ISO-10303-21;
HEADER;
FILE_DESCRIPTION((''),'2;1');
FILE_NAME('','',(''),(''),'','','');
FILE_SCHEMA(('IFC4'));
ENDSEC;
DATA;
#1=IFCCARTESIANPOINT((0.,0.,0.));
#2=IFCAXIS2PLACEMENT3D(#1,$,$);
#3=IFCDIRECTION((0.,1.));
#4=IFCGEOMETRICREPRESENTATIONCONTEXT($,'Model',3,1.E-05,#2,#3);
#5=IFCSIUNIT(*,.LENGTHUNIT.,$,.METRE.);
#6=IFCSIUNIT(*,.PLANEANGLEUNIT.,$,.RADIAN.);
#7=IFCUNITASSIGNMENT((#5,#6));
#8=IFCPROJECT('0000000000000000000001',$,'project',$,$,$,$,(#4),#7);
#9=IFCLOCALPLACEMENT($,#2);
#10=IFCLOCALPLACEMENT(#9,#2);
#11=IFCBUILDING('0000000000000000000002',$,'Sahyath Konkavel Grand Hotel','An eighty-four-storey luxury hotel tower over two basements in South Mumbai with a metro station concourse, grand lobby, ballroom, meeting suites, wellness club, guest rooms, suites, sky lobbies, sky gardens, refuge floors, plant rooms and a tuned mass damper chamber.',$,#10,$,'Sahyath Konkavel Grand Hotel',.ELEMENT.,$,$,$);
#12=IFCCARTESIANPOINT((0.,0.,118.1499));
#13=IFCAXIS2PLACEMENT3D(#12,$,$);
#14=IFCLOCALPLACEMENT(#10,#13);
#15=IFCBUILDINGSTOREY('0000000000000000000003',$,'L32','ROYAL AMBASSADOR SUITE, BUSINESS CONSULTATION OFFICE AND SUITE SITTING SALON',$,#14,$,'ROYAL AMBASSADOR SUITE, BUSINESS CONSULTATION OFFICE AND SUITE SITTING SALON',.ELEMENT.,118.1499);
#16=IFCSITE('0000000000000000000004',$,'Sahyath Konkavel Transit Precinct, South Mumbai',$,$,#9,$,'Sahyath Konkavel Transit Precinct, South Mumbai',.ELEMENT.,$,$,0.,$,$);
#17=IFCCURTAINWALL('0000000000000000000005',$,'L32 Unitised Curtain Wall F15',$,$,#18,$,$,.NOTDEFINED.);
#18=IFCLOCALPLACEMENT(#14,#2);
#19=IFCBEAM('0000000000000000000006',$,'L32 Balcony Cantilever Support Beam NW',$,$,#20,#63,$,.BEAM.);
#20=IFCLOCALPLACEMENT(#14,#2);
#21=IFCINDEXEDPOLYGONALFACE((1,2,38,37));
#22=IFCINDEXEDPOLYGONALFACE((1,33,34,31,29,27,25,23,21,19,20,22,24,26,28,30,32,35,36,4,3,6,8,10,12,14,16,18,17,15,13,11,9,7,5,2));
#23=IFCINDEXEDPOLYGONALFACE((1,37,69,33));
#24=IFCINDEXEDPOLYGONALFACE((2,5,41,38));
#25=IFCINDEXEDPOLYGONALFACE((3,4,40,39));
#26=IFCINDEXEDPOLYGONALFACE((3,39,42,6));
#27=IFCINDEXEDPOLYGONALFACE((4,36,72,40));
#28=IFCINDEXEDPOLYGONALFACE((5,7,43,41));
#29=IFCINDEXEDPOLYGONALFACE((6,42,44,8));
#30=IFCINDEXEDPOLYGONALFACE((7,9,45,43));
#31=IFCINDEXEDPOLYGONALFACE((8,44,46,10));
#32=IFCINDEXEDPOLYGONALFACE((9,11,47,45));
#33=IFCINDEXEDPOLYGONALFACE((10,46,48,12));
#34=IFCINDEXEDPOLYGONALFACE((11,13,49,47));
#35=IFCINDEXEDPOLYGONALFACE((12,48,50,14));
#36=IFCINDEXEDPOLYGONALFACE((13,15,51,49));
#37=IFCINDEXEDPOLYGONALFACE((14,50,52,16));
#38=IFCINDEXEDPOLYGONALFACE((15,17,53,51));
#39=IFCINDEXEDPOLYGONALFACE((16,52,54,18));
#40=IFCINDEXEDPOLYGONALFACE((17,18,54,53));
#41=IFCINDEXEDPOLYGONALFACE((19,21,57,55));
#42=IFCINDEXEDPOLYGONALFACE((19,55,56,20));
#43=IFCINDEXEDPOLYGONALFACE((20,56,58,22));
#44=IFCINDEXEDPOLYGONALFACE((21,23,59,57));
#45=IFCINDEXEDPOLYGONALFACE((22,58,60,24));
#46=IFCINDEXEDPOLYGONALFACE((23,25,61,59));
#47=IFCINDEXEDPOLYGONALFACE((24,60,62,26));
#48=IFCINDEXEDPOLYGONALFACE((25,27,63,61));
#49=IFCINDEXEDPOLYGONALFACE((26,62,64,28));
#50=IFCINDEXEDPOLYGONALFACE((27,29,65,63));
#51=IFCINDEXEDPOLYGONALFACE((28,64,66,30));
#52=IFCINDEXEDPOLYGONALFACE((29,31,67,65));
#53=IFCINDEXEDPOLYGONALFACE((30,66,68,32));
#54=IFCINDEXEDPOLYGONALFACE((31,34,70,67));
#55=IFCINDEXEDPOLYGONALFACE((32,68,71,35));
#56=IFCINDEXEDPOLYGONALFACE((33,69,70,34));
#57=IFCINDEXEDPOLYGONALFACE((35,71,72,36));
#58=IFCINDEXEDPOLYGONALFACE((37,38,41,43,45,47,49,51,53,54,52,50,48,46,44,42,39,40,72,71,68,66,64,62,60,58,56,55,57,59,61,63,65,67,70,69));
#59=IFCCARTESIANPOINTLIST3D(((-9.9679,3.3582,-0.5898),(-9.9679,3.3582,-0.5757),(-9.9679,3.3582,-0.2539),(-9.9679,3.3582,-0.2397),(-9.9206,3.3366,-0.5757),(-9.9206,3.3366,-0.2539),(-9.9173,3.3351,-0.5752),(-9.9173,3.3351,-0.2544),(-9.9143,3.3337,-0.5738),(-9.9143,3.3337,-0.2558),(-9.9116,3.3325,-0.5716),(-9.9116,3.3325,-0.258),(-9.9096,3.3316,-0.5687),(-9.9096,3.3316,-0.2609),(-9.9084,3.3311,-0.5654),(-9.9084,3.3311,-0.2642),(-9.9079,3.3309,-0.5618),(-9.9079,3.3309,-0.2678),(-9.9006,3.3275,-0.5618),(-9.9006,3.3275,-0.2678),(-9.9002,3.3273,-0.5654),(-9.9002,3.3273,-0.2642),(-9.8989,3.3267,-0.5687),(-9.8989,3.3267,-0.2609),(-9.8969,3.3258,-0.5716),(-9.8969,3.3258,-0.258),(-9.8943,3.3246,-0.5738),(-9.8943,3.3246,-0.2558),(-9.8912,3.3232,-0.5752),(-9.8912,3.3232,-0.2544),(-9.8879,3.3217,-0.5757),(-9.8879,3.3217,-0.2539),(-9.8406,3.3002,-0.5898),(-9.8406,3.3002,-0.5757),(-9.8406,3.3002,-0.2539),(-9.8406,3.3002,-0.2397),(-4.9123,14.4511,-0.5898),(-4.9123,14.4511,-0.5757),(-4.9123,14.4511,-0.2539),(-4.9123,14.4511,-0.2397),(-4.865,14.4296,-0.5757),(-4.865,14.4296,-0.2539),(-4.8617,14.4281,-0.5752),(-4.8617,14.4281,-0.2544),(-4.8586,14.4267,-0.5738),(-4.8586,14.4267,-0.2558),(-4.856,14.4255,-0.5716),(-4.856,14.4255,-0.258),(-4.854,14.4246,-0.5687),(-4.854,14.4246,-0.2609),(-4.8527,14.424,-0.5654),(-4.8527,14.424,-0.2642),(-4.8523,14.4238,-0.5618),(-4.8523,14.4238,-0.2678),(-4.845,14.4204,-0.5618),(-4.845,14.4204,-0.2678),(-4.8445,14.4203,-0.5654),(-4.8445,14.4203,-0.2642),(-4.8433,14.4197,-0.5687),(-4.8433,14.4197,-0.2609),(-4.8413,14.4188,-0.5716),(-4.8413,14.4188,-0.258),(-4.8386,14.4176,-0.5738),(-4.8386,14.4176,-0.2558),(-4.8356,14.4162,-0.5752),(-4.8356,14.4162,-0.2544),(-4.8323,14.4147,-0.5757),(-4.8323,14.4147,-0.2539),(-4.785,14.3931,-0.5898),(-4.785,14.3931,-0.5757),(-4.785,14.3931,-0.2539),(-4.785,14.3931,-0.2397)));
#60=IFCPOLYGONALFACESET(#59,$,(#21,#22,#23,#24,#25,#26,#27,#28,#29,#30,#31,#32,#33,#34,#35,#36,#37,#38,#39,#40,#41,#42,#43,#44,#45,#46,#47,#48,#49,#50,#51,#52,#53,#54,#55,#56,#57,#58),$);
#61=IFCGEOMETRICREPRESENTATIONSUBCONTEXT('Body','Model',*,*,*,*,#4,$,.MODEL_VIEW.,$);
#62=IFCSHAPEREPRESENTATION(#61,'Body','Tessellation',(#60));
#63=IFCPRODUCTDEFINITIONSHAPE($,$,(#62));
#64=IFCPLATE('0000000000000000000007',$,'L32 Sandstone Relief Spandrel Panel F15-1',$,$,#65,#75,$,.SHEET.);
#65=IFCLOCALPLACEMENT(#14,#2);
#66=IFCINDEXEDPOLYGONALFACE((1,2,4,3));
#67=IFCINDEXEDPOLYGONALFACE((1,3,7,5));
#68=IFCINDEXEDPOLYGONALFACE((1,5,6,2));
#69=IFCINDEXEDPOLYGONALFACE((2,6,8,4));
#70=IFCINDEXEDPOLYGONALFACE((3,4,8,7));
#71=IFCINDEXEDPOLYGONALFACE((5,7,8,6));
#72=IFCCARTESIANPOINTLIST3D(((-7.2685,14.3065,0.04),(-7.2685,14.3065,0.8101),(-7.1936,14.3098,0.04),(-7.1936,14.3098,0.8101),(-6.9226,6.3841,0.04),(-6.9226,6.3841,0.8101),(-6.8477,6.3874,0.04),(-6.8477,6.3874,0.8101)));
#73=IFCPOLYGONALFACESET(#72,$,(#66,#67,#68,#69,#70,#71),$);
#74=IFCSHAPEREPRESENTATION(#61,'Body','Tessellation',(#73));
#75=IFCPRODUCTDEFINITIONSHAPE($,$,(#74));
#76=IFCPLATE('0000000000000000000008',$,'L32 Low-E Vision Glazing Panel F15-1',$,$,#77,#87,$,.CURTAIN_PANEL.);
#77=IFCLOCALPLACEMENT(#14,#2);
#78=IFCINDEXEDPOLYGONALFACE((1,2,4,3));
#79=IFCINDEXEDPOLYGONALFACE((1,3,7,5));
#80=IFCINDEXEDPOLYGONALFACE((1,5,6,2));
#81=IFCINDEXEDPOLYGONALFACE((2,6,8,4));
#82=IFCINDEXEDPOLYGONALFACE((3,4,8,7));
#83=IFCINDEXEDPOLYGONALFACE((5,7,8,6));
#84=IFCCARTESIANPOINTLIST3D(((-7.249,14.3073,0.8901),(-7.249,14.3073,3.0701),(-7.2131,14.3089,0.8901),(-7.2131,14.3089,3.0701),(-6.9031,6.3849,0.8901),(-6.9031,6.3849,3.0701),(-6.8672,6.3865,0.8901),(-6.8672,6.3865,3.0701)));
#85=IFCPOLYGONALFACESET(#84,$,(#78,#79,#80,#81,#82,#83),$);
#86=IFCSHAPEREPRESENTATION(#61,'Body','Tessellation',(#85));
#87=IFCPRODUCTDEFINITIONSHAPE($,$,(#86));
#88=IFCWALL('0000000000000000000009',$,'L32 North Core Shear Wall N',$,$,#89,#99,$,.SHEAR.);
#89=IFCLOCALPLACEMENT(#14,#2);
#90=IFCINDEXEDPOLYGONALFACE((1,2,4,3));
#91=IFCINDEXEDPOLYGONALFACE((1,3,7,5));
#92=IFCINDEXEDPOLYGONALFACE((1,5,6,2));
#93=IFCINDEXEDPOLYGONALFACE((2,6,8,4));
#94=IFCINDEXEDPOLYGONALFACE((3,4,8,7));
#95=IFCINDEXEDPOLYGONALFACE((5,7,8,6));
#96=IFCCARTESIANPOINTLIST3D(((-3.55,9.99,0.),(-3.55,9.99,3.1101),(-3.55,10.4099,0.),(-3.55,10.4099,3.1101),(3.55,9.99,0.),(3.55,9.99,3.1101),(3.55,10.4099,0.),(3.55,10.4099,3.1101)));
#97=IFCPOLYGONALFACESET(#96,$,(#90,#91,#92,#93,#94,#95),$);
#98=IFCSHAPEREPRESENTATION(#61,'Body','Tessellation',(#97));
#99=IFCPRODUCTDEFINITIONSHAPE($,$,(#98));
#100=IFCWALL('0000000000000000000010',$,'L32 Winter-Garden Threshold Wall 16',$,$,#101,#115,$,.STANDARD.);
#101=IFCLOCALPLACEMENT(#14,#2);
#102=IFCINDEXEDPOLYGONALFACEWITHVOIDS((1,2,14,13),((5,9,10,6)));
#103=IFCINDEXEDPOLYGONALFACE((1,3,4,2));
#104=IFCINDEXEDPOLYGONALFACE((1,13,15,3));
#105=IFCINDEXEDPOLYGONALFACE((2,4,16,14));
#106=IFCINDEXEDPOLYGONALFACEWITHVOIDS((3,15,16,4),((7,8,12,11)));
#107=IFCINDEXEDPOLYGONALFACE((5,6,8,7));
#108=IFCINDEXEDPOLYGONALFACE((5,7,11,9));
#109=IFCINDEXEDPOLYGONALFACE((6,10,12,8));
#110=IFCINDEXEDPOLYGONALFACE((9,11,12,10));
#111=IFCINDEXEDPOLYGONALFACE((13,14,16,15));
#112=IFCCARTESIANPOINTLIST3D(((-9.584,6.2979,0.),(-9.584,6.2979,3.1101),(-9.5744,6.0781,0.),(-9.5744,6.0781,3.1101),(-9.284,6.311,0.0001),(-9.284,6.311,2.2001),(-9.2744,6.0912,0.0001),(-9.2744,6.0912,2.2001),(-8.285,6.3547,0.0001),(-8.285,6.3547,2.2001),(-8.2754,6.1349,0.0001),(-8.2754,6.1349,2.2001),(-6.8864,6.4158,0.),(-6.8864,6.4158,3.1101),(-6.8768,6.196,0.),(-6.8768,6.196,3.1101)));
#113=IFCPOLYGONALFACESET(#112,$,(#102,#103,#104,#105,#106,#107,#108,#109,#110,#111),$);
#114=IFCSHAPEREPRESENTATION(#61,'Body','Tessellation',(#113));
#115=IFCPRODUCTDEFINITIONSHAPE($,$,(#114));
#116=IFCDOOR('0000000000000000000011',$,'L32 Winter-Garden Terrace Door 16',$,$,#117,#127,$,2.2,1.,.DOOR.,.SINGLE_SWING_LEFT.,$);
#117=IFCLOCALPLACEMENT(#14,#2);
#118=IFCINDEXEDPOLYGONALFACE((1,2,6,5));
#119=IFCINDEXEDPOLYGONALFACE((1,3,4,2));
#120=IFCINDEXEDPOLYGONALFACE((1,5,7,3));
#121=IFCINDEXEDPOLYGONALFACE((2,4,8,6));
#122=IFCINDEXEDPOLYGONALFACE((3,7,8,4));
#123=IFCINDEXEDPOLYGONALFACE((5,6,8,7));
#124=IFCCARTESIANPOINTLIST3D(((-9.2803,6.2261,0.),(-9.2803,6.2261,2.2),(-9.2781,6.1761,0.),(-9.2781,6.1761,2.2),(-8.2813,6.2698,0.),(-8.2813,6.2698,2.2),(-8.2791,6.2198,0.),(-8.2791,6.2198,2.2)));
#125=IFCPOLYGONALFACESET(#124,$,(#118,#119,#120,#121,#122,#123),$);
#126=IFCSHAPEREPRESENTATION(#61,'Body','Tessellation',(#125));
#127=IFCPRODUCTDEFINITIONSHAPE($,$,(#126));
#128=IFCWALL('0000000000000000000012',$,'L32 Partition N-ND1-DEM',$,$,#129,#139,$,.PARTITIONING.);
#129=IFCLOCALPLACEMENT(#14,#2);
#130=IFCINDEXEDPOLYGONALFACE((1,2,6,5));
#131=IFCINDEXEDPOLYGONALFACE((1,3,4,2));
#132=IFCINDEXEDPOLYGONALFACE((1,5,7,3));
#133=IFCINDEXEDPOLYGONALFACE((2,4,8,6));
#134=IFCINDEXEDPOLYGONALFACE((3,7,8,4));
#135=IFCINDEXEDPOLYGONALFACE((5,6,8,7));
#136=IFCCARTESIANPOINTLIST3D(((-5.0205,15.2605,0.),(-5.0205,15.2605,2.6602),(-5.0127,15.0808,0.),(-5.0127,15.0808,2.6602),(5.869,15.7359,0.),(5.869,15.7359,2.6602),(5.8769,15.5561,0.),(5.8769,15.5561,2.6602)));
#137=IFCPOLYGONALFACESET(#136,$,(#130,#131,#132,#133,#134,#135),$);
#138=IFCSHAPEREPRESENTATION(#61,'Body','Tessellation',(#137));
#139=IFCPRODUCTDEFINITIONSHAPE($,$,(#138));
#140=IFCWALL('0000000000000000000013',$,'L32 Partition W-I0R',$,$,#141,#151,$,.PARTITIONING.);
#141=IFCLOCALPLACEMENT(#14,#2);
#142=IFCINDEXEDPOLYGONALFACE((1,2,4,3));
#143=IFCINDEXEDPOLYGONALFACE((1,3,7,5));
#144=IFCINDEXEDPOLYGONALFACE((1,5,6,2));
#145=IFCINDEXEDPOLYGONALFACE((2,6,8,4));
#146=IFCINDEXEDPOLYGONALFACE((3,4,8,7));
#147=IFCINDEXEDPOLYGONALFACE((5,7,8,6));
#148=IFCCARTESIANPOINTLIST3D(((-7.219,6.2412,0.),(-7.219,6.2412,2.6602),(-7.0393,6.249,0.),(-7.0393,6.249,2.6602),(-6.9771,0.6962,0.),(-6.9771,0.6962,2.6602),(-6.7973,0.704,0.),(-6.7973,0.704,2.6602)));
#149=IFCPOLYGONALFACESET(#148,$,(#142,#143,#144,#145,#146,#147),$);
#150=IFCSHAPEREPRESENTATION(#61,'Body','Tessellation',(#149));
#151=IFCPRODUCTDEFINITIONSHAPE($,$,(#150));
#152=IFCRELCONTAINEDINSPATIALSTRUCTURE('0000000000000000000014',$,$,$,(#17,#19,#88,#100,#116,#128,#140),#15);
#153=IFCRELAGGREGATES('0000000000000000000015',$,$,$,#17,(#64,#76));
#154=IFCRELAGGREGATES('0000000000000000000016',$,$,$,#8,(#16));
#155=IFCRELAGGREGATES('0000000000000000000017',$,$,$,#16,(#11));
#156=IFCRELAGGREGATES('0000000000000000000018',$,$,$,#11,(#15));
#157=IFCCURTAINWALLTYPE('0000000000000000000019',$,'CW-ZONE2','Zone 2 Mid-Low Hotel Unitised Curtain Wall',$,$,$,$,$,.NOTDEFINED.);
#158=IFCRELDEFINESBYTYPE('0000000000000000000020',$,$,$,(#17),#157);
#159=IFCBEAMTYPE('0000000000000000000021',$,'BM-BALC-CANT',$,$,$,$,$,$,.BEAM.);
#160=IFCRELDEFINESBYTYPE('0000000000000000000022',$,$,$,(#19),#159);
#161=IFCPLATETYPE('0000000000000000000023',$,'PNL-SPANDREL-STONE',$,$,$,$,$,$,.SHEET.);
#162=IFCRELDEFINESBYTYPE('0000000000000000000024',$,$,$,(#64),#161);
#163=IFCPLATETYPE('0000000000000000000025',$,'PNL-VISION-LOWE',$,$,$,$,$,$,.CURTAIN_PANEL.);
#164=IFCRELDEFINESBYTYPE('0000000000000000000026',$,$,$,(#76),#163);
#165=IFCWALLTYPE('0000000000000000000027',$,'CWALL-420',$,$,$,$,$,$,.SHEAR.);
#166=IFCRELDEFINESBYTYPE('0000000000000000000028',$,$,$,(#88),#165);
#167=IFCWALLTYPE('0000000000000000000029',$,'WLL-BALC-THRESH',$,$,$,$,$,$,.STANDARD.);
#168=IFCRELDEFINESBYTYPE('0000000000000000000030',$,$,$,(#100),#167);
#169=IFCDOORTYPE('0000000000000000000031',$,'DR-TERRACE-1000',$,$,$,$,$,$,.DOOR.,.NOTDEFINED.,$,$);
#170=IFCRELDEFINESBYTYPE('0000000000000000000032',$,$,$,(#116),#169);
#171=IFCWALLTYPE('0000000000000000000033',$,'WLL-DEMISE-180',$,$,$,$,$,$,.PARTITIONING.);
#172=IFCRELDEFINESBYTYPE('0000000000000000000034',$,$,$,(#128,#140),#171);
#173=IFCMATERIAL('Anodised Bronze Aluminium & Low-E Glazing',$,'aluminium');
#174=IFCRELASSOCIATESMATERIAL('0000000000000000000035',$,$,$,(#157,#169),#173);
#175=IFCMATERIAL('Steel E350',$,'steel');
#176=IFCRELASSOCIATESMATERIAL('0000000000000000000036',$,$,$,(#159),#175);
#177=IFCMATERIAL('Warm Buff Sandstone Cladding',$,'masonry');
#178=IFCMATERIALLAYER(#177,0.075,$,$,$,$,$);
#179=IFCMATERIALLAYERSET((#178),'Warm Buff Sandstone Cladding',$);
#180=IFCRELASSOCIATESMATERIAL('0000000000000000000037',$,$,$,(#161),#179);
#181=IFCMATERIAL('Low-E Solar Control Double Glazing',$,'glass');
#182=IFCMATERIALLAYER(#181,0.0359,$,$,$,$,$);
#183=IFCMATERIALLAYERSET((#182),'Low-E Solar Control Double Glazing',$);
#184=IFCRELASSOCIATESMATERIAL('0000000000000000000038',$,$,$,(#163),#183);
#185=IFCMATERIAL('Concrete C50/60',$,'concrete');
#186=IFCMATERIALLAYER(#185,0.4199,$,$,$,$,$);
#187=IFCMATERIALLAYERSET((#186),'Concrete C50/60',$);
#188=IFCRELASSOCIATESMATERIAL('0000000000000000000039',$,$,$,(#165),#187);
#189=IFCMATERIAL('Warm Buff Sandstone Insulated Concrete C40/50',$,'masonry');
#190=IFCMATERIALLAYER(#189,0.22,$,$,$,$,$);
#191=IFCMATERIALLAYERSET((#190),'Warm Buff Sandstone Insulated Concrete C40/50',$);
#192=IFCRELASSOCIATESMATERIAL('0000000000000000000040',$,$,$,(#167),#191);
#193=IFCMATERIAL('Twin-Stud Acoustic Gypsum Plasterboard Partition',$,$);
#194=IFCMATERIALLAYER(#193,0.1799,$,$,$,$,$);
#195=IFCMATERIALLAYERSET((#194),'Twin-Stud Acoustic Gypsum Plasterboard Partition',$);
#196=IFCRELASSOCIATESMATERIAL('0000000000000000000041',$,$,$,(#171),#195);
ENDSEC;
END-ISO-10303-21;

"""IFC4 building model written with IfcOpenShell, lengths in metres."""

from ifc_helpers import new_model, si_unit, direction, frame, frame_2d, origin, origin_2d, place, context, subcontext, project, spatial, rectangle, i_section, extrude, source, transform, mapped, material, layer, layer_set, material_profile, profile_set, type_object, element, fill, aggregate, save


model = new_model("IFC4")

# Units and contexts
model_context = context("Model", 3, precision=1e-05, world=origin(), true_north=direction((0.0, 1.0)))
body_context = subcontext(model_context, "Body", "Model", "MODEL_VIEW")
ifc_project = project(units=[si_unit("LENGTHUNIT", "METRE"), si_unit("PLANEANGLEUNIT", "RADIAN")], contexts=[model_context])

# Site, building, storey
site_placement = place(None, origin())
site = spatial("IfcSite", under=ifc_project, at=site_placement, Name="Sahyath Konkavel Transit Precinct, South Mumbai", LongName="Sahyath Konkavel Transit Precinct, South Mumbai", CompositionType="ELEMENT", RefElevation=0.0)
building_placement = place(site_placement, origin())
building = spatial("IfcBuilding", under=site, at=building_placement, Name="Sahyath Konkavel Grand Hotel", Description="An eighty-four-storey luxury hotel tower over two basements in South Mumbai with a metro station concourse, grand lobby, ballroom, meeting suites, wellness club, guest rooms, suites, sky lobbies, sky gardens, refuge floors, plant rooms and a tuned mass damper chamber.", LongName="Sahyath Konkavel Grand Hotel", CompositionType="ELEMENT")
storey_placement = place(building_placement, frame((0.0, 0.0, 118.1499)))
storey = spatial("IfcBuildingStorey", under=building, at=storey_placement, Name="L32", Description="ROYAL AMBASSADOR SUITE, BUSINESS CONSULTATION OFFICE AND SUITE SITTING SALON", LongName="ROYAL AMBASSADOR SUITE, BUSINESS CONSULTATION OFFICE AND SUITE SITTING SALON", CompositionType="ELEMENT", Elevation=118.1499)

# Shared definitions
ifc_material_1 = material(Name="Steel E350", Category="steel")

# Curtain wall
ifc_material_2 = material(Name="Anodised Bronze Aluminium & Low-E Glazing", Category="aluminium")
curtain_wall_type = type_object("IfcCurtainWallType", Name="CW-ZONE2", Description="Zone 2 Mid-Low Hotel Unitised Curtain Wall", PredefinedType="NOTDEFINED", material=ifc_material_2)
curtain_wall_1_placement = place(storey_placement, origin())
curtain_wall_1 = element("IfcCurtainWall", 1, at=curtain_wall_1_placement, inside=storey, type_object=curtain_wall_type, Name="L32 Unitised Curtain Wall F15", PredefinedType="NOTDEFINED")

# Beam
ifc_material_profile_1 = material_profile(ifc_material_1, i_section(OverallWidth=0.1399, OverallDepth=0.3501, WebThickness=0.0081, FlangeThickness=0.0142, FilletRadius=0.0139, at=origin_2d()), Name="ISMB 350")
ifc_profile_set_1 = profile_set([ifc_material_profile_1], Name="Steel E350")
beam_type_1 = type_object("IfcBeamType", Name="BM-BALC-CANT", PredefinedType="BEAM", material=ifc_profile_set_1)
shared_shape_1 = source(origin(), body_context, "Body", "SweptSolid", [
    extrude(i_section(OverallWidth=0.1399, OverallDepth=0.3501, WebThickness=0.0081, FlangeThickness=0.0142, FilletRadius=0.0139, at=origin_2d()), origin(), (0.0, 0.0, 1.0), 12.1907),
])
beam_1_placement = place(storey_placement, frame((-4.8486, 14.4221, -0.4148), z_axis=(-0.414713, -0.909952, 0.0), x_axis=(0.909952, -0.414713, 0.0)))
element("IfcBeam", 2, at=beam_1_placement, inside=storey, type_object=beam_type_1, Name="L32 Balcony Cantilever Support Beam NW", PredefinedType="BEAM", context=body_context, shape_type="MappedRepresentation", body=[
    mapped(shared_shape_1, transform((0.0, 0.0, 0.0), scale=1.0)),
])

# Plates
ifc_material_3 = material(Name="Warm Buff Sandstone Cladding", Category="masonry")
ifc_layer_1 = layer(ifc_material_3, 0.075)
ifc_layer_set_1 = layer_set([ifc_layer_1], Name="Warm Buff Sandstone Cladding")
plate_type_1 = type_object("IfcPlateType", Name="PNL-SPANDREL-STONE", PredefinedType="SHEET", material=ifc_layer_set_1)
shared_shape_2 = source(origin(), body_context, "Body", "SweptSolid", [
    extrude(rectangle(XDim=7.9299, YDim=0.075, at=origin_2d()), origin(), (0.0, 0.0, 1.0), 0.77),
])
plate_1_placement = place(storey_placement, frame((-7.0581, 10.3469, 0.04), z_axis=(0.0, 0.0, 1.0), x_axis=(0.043619, -0.999048, 0.0)))
plate_1 = element("IfcPlate", 3, at=plate_1_placement, type_object=plate_type_1, Name="L32 Sandstone Relief Spandrel Panel F15-1", PredefinedType="SHEET", context=body_context, shape_type="MappedRepresentation", body=[
    mapped(shared_shape_2, transform((0.0, 0.0, 0.0), scale=1.0)),
])
ifc_material_4 = material(Name="Low-E Solar Control Double Glazing", Category="glass")
ifc_layer_2 = layer(ifc_material_4, 0.0359)
ifc_layer_set_2 = layer_set([ifc_layer_2], Name="Low-E Solar Control Double Glazing")
plate_type_2 = type_object("IfcPlateType", Name="PNL-VISION-LOWE", PredefinedType="CURTAIN_PANEL", material=ifc_layer_set_2)
shared_shape_3 = source(origin(), body_context, "Body", "SweptSolid", [
    extrude(rectangle(XDim=7.9299, YDim=0.0359, at=origin_2d()), origin(), (0.0, 0.0, 1.0), 2.1799),
])
plate_2_placement = place(storey_placement, frame((-7.0581, 10.3469, 0.8901), z_axis=(0.0, 0.0, 1.0), x_axis=(0.043619, -0.999048, 0.0)))
plate_2 = element("IfcPlate", 4, at=plate_2_placement, type_object=plate_type_2, Name="L32 Low-E Vision Glazing Panel F15-1", PredefinedType="CURTAIN_PANEL", context=body_context, shape_type="MappedRepresentation", body=[
    mapped(shared_shape_3, transform((0.0, 0.0, 0.0), scale=1.0)),
])
aggregate(curtain_wall_1, [plate_1, plate_2])

# Wall
ifc_material_5 = material(Name="Concrete C50/60", Category="concrete")
ifc_layer_3 = layer(ifc_material_5, 0.4199)
ifc_layer_set_3 = layer_set([ifc_layer_3], Name="Concrete C50/60")
wall_type_1 = type_object("IfcWallType", Name="CWALL-420", PredefinedType="SHEAR", material=ifc_layer_set_3)
wall_1_placement = place(storey_placement, frame((-3.55, 10.2, 0.0), z_axis=(0.0, 0.0, 1.0), x_axis=(1.0, 0.0, 0.0)))
element("IfcWall", 5, at=wall_1_placement, inside=storey, type_object=wall_type_1, Name="L32 North Core Shear Wall N", PredefinedType="SHEAR", context=body_context, shape_type="SweptSolid", body=[
    extrude(rectangle(XDim=7.1001, YDim=0.4199, at=frame_2d((3.55, 0.0))), origin(), (0.0, 0.0, 1.0), 3.1101),
])

# Wall, opening, door
ifc_material_6 = material(Name="Warm Buff Sandstone Insulated Concrete C40/50", Category="masonry")
ifc_layer_4 = layer(ifc_material_6, 0.22)
ifc_layer_set_4 = layer_set([ifc_layer_4], Name="Warm Buff Sandstone Insulated Concrete C40/50")
wall_type_2 = type_object("IfcWallType", Name="WLL-BALC-THRESH", PredefinedType="STANDARD", material=ifc_layer_set_4)
wall_2_placement = place(storey_placement, frame((-6.8816, 6.3059, 0.0), z_axis=(0.0, 0.0, 1.0), x_axis=(-0.999046, -0.043673, 0.0)))
wall_2 = element("IfcWall", 6, at=wall_2_placement, inside=storey, type_object=wall_type_2, Name="L32 Winter-Garden Threshold Wall 16", PredefinedType="STANDARD", context=body_context, shape_type="SweptSolid", body=[
    extrude(rectangle(XDim=2.7002, YDim=0.22, at=frame_2d((1.3501, 0.0))), origin(), (0.0, 0.0, 1.0), 3.1101),
])
opening_1_placement = place(wall_2_placement, frame((1.3999, 0.0, 0.0)))
opening_1 = element("IfcOpeningElement", 7, at=opening_1_placement, cuts=wall_2, PredefinedType="OPENING", context=body_context, shape_type="SweptSolid", body=[
    extrude(rectangle(XDim=1.0, YDim=2.2, at=frame_2d((0.5, 1.1001))), frame((0.0, 0.1201, 0.0), z_axis=(0.0, -1.0, 0.0), x_axis=(1.0, 0.0, 0.0)), (0.0, 0.0, 1.0), 0.24),
])
door_type_1 = type_object("IfcDoorType", Name="DR-TERRACE-1000", OperationType="NOTDEFINED", PredefinedType="DOOR", material=ifc_material_2)
shared_shape_4 = source(origin(), body_context, "Body", "SweptSolid", [
    extrude(rectangle(XDim=1.0, YDim=0.05, at=origin_2d()), origin(), (0.0, 0.0, 1.0), 2.2),
])
door_1_placement = place(opening_1_placement, frame((0.5, 0.0, 0.0)))
door_1 = element("IfcDoor", 8, at=door_1_placement, inside=storey, type_object=door_type_1, Name="L32 Winter-Garden Terrace Door 16", OperationType="SINGLE_SWING_LEFT", OverallHeight=2.2, OverallWidth=1.0, PredefinedType="DOOR", context=body_context, shape_type="MappedRepresentation", body=[
    mapped(shared_shape_4, transform((0.0, 0.0, 0.0), scale=1.0)),
])
fill(opening_1, door_1)

# Walls
ifc_material_7 = material(Name="Twin-Stud Acoustic Gypsum Plasterboard Partition")
ifc_layer_5 = layer(ifc_material_7, 0.1799)
ifc_layer_set_5 = layer_set([ifc_layer_5], Name="Twin-Stud Acoustic Gypsum Plasterboard Partition")
wall_type_3 = type_object("IfcWallType", Name="WLL-DEMISE-180", PredefinedType="PARTITIONING", material=ifc_layer_set_5)
wall_3_placement = place(storey_placement, frame((-5.0166, 15.1707, 0.0), z_axis=(0.0, 0.0, 1.0), x_axis=(0.999049, 0.043609, 0.0)))
element("IfcWall", 9, at=wall_3_placement, inside=storey, type_object=wall_type_3, Name="L32 Partition N-ND1-DEM", PredefinedType="PARTITIONING", context=body_context, shape_type="SweptSolid", body=[
    extrude(rectangle(XDim=10.8999, YDim=0.1799, at=frame_2d((5.45, 0.0))), origin(), (0.0, 0.0, 1.0), 2.6602),
])
wall_4_placement = place(storey_placement, frame((-7.1292, 6.2451, 0.0), z_axis=(0.0, 0.0, 1.0), x_axis=(0.043592, -0.999049, 0.0)))
element("IfcWall", 10, at=wall_4_placement, inside=storey, type_object=wall_type_3, Name="L32 Partition W-I0R", PredefinedType="PARTITIONING", context=body_context, shape_type="SweptSolid", body=[
    extrude(rectangle(XDim=5.5503, YDim=0.1799, at=frame_2d((2.7751, 0.0))), origin(), (0.0, 0.0, 1.0), 2.6602),
])

save(model, "model.ifc")
